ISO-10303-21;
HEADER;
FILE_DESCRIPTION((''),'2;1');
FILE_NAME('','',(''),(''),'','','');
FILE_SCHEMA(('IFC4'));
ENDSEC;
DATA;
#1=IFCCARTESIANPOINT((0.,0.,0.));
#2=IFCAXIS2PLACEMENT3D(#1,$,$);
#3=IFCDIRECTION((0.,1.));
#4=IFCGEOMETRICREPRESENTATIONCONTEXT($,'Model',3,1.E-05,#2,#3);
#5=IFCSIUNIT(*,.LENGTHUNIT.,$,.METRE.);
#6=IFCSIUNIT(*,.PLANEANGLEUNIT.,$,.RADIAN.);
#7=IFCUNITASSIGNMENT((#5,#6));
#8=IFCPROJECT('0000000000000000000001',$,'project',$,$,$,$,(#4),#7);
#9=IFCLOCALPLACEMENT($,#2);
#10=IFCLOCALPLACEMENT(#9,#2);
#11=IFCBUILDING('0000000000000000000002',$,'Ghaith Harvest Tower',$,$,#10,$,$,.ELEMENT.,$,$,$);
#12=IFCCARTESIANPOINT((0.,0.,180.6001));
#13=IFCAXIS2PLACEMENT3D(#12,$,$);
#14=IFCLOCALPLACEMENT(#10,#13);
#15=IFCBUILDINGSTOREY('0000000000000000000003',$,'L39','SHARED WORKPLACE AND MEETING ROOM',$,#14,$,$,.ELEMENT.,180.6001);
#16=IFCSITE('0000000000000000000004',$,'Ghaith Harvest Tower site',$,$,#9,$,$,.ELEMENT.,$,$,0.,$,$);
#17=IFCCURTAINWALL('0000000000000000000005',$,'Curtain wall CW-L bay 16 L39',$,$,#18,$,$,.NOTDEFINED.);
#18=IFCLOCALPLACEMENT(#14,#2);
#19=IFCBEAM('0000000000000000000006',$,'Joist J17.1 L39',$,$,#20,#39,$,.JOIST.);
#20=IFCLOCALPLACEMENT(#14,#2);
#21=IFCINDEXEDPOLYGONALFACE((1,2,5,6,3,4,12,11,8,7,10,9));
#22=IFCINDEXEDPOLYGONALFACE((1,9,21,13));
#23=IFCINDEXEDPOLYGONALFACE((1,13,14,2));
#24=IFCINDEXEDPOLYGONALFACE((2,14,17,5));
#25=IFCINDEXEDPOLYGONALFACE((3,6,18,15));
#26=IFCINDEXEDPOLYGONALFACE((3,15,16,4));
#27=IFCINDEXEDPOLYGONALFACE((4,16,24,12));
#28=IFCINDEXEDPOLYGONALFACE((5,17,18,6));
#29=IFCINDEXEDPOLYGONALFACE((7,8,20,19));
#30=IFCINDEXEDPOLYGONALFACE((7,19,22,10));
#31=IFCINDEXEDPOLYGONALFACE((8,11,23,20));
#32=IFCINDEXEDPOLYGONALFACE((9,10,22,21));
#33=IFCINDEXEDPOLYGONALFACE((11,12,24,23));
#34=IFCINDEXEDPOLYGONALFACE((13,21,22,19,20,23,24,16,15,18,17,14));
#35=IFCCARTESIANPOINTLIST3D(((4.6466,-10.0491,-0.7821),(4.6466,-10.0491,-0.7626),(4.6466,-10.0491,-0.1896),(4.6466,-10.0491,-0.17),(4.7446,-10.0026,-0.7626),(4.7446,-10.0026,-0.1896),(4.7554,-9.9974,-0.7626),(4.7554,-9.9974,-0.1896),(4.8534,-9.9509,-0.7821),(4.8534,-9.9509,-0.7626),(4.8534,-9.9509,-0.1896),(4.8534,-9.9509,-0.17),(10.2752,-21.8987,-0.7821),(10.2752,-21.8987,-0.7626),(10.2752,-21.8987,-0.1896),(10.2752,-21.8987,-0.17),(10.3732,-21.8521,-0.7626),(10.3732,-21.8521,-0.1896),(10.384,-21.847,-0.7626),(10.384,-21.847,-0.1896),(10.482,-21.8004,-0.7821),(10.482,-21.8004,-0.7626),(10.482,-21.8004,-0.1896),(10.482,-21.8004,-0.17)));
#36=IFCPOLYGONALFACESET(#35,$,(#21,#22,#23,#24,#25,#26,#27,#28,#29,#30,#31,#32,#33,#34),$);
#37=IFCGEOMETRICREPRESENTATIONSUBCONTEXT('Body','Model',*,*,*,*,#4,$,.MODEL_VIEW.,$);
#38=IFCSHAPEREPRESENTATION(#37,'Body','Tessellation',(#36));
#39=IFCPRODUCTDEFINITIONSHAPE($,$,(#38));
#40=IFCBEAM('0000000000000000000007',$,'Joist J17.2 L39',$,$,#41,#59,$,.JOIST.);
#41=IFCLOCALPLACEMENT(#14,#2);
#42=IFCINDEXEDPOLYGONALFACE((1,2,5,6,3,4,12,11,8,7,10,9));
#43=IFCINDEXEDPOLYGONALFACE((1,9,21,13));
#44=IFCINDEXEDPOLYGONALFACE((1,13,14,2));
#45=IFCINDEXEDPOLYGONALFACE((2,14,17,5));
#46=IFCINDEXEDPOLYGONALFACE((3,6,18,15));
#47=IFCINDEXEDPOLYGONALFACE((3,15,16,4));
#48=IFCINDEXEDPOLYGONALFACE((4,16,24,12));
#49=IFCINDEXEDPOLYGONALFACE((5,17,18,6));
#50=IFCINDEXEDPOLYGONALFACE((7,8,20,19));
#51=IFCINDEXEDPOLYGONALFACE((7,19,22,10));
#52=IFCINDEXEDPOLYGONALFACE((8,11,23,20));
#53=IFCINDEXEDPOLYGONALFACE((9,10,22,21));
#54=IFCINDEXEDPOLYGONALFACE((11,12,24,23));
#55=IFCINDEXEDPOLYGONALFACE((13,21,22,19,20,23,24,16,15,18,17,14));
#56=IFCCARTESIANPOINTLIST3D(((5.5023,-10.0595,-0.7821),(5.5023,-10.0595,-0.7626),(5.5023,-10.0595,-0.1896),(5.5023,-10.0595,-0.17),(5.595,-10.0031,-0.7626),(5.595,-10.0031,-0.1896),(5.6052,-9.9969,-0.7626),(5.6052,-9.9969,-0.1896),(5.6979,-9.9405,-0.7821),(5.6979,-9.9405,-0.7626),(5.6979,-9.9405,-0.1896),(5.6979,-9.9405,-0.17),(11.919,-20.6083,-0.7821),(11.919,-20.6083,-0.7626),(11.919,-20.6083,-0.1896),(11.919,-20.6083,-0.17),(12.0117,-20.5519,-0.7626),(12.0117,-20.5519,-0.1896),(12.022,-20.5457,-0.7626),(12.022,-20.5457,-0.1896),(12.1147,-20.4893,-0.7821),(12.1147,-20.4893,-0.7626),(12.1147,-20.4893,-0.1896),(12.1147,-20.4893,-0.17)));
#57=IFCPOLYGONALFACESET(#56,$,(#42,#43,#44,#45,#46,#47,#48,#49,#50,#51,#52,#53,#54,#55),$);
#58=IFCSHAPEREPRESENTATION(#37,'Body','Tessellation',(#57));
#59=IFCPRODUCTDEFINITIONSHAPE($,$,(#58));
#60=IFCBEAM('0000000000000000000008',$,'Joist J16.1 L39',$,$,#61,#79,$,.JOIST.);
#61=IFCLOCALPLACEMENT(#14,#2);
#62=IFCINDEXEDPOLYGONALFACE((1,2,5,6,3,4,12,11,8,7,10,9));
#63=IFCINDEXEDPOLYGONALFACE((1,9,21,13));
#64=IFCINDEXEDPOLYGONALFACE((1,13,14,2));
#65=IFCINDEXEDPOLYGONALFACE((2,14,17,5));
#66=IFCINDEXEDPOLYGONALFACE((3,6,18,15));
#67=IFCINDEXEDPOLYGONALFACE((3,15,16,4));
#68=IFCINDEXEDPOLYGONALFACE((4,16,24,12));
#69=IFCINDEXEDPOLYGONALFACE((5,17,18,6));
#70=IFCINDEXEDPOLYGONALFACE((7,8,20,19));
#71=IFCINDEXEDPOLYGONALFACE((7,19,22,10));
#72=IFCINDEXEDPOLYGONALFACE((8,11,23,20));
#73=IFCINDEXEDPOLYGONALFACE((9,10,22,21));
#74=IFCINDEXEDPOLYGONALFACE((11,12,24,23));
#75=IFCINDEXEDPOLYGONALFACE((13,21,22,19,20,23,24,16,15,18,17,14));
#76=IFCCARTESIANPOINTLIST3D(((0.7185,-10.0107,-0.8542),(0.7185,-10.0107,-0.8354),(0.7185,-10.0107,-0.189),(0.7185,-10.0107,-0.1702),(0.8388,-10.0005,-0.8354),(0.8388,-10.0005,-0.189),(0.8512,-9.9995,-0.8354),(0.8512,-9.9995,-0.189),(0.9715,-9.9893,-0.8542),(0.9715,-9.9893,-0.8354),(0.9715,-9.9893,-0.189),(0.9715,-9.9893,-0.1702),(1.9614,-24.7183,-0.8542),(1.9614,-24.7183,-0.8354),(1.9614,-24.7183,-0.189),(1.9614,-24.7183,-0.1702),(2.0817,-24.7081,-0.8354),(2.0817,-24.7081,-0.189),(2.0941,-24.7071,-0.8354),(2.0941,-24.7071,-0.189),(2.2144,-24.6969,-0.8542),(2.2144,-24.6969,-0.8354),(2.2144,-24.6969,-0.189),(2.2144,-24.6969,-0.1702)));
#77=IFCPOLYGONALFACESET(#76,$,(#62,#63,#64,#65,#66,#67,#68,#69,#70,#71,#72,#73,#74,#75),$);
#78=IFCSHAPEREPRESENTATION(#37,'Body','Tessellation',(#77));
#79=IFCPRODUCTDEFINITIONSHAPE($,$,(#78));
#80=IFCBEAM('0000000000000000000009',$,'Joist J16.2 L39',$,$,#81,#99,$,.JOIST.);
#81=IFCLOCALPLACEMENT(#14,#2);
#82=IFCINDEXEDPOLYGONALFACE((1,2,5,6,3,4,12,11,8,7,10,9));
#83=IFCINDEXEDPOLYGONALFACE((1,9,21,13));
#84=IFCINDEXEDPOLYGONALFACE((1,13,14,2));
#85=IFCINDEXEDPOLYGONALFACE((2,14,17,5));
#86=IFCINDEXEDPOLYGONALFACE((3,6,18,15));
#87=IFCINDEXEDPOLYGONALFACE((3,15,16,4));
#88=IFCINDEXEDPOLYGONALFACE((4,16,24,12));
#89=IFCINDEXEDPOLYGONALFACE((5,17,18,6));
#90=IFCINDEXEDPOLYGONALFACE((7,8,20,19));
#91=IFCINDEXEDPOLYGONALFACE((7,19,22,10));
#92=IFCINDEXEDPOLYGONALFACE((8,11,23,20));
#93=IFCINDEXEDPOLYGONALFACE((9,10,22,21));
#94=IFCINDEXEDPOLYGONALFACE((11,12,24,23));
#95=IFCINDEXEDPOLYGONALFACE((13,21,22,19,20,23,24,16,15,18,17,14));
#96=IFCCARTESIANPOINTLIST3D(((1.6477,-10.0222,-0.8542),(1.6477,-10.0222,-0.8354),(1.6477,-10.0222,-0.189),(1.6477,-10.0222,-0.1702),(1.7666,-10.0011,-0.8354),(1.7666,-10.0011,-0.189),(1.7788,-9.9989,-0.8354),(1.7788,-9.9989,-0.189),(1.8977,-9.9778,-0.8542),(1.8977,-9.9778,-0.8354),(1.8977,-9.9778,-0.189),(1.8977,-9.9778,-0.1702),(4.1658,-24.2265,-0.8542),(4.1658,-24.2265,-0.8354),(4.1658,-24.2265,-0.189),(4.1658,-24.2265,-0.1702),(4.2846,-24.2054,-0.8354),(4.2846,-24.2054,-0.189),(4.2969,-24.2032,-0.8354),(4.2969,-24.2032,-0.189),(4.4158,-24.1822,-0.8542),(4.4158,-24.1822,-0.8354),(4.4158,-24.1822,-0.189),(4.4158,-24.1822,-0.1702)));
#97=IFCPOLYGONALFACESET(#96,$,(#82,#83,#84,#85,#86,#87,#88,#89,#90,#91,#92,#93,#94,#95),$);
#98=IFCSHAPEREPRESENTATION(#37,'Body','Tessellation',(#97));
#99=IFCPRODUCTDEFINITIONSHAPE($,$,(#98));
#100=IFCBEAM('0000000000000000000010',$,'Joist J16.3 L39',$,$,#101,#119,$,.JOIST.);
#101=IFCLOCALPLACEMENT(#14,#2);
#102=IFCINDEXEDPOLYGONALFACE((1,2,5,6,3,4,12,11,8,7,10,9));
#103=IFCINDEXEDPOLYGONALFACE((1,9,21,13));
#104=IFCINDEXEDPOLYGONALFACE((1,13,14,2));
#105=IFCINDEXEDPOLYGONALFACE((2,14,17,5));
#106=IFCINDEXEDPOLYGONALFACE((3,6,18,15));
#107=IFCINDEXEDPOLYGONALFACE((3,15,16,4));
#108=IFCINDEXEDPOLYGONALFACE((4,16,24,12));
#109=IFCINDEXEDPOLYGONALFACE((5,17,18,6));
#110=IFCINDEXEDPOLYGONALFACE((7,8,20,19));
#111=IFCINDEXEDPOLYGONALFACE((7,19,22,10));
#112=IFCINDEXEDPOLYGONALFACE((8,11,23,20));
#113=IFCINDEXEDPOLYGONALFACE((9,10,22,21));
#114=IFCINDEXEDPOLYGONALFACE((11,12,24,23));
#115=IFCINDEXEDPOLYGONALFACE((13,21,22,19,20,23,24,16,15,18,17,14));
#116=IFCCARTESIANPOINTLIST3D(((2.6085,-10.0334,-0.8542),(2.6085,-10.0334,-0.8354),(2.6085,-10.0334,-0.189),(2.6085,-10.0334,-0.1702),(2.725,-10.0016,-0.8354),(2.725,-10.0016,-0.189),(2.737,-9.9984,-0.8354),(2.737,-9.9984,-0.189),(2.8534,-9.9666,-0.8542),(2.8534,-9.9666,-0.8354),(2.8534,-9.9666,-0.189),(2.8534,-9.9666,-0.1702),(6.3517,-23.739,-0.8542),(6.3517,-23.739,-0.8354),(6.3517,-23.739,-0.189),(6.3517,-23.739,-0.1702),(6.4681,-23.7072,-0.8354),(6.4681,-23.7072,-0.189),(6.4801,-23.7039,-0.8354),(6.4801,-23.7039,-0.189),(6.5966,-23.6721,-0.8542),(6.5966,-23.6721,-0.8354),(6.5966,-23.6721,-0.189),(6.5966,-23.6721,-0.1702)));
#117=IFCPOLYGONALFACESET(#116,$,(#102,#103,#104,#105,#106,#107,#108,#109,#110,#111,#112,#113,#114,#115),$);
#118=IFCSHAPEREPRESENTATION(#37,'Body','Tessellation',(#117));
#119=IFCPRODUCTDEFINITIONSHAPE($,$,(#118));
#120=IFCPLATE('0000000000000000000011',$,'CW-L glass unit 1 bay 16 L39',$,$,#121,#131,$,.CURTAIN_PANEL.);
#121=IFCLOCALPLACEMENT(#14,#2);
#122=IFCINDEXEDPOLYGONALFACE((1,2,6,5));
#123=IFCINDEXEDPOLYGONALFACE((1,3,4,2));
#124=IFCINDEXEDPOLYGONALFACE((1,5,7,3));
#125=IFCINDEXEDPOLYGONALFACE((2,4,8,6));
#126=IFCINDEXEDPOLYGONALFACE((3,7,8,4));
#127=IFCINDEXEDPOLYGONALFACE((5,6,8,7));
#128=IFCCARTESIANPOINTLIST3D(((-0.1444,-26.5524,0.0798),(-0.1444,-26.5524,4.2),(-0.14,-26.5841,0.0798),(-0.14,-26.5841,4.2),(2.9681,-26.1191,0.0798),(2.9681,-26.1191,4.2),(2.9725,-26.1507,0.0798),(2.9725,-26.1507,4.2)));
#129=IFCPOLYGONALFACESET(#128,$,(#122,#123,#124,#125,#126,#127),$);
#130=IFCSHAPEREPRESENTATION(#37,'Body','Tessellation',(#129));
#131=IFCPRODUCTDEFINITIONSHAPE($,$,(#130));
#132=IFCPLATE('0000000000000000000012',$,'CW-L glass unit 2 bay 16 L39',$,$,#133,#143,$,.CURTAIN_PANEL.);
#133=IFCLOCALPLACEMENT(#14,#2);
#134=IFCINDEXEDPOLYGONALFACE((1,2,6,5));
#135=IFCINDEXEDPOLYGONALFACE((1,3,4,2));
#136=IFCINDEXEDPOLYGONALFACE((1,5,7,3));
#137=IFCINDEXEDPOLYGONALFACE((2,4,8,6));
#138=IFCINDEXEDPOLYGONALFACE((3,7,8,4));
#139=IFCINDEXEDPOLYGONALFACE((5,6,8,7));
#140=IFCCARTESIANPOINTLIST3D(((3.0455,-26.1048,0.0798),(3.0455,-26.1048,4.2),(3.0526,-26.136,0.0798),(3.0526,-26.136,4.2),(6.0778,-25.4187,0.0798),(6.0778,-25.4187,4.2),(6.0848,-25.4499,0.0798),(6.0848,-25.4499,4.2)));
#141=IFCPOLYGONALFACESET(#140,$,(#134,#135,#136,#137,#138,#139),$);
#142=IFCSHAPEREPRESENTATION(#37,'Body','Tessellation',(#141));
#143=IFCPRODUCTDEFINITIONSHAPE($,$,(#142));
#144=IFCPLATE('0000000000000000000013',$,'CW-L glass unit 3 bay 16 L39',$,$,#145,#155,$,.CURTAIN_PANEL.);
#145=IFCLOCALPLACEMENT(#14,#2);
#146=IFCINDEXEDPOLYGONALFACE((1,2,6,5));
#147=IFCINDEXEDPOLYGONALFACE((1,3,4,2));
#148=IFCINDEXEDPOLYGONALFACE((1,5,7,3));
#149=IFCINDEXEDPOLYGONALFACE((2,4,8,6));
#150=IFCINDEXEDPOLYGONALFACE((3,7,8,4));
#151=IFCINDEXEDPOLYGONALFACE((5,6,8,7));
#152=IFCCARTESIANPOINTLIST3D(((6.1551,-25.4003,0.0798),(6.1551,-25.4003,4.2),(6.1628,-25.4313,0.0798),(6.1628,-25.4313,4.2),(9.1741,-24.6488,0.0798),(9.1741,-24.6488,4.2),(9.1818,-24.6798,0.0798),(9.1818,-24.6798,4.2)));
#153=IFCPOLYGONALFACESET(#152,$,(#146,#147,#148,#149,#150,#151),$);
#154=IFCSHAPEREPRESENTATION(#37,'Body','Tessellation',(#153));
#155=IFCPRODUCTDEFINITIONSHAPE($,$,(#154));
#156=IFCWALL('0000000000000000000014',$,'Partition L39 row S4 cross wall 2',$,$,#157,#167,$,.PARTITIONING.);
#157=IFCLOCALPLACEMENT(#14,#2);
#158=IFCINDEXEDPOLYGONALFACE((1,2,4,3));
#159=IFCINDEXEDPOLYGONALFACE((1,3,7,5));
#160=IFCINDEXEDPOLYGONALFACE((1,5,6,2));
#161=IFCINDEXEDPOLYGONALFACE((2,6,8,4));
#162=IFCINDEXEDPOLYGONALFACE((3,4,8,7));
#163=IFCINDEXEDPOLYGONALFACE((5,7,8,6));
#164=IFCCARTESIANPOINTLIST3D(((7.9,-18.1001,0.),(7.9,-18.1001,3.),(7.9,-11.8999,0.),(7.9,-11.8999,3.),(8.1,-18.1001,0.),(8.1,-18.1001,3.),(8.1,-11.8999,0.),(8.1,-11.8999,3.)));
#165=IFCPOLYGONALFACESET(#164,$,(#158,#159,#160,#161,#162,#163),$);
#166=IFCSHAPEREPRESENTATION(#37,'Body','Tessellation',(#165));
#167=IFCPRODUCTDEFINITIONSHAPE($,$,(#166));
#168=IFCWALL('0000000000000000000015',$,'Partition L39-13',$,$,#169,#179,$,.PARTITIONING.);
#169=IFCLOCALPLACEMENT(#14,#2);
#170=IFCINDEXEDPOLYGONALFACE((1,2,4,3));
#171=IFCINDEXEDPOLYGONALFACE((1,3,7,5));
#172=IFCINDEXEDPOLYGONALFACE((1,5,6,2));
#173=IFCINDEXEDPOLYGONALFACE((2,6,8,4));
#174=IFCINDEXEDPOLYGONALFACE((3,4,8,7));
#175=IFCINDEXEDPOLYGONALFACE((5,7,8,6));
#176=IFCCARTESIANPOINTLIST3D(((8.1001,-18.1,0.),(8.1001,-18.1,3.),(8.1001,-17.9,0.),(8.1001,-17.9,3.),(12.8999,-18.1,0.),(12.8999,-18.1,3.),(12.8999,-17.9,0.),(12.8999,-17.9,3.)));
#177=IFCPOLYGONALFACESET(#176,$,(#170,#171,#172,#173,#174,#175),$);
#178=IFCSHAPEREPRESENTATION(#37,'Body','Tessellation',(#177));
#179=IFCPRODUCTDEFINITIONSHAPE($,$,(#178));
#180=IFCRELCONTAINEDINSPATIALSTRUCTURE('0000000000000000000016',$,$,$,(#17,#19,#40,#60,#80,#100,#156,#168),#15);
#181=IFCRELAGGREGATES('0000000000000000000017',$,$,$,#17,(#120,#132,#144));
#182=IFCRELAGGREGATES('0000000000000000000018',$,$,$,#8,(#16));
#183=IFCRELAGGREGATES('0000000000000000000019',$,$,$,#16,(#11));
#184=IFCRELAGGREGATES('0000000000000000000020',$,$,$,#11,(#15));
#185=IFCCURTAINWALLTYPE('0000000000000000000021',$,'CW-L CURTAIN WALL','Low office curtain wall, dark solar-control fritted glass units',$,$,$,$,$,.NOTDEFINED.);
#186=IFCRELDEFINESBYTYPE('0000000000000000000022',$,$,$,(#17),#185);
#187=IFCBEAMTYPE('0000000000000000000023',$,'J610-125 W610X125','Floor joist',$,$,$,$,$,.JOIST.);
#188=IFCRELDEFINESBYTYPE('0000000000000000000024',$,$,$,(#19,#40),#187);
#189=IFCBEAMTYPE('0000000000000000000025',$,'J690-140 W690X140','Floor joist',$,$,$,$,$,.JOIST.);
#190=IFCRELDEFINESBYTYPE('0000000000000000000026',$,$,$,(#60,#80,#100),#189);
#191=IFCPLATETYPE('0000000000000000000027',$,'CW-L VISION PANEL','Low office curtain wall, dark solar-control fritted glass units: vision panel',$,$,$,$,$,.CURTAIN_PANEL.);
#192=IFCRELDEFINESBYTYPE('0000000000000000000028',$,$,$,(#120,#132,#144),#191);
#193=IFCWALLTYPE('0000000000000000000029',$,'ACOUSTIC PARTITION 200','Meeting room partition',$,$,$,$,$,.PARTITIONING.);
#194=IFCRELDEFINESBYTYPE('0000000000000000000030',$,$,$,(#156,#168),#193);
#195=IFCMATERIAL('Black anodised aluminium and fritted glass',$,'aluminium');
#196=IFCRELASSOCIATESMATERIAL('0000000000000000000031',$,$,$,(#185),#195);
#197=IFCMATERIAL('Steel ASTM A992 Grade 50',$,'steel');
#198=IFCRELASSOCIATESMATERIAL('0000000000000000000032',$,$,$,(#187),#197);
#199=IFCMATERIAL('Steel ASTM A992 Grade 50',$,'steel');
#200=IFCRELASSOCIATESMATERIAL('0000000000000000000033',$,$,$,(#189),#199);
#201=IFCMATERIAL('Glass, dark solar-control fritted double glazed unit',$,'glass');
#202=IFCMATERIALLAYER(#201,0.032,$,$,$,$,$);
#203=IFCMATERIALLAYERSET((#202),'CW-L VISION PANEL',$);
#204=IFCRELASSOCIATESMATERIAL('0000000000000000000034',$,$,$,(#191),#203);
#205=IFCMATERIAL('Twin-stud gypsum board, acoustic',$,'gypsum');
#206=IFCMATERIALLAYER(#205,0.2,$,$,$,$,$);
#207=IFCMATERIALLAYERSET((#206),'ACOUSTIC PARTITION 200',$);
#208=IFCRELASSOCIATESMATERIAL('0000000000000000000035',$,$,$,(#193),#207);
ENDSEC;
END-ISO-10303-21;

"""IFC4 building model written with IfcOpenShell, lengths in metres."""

from ifc_helpers import new_model, si_unit, direction, frame, frame_2d, origin, origin_2d, place, context, subcontext, project, spatial, rectangle, i_section, extrude, material, layer, layer_set, material_profile, profile_set, type_object, element, aggregate, save


model = new_model("IFC4")

# Units and contexts
model_context = context("Model", 3, precision=1e-05, world=origin(), true_north=direction((0.0, 1.0)))
body_context = subcontext(model_context, "Body", "Model", "MODEL_VIEW")
ifc_project = project(units=[si_unit("LENGTHUNIT", "METRE"), si_unit("PLANEANGLEUNIT", "RADIAN")], contexts=[model_context])

# Site, building, storey
site_placement = place(None, origin())
site = spatial("IfcSite", under=ifc_project, at=site_placement, Name="Ghaith Harvest Tower site", CompositionType="ELEMENT", RefElevation=0.0)
building_placement = place(site_placement, origin())
building = spatial("IfcBuilding", under=site, at=building_placement, Name="Ghaith Harvest Tower", CompositionType="ELEMENT")
storey_placement = place(building_placement, frame((0.0, 0.0, 180.6001)))
storey = spatial("IfcBuildingStorey", under=building, at=storey_placement, Name="L39", Description="SHARED WORKPLACE AND MEETING ROOM", CompositionType="ELEMENT", Elevation=180.6001)

# Curtain wall
ifc_material_1 = material(Name="Black anodised aluminium and fritted glass", Category="aluminium")
curtain_wall_type = type_object("IfcCurtainWallType", Name="CW-L CURTAIN WALL", Description="Low office curtain wall, dark solar-control fritted glass units", PredefinedType="NOTDEFINED", material=ifc_material_1)
curtain_wall_1_placement = place(storey_placement, origin())
curtain_wall_1 = element("IfcCurtainWall", 1, at=curtain_wall_1_placement, inside=storey, type_object=curtain_wall_type, Name="Curtain wall CW-L bay 16 L39", PredefinedType="NOTDEFINED")

# Beams
ifc_material_2 = material(Name="Steel ASTM A992 Grade 50", Category="steel")
ifc_material_profile_1 = material_profile(ifc_material_2, i_section(OverallWidth=0.229, OverallDepth=0.6121, WebThickness=0.012, FlangeThickness=0.0195, at=origin_2d()), Name="W610X125")
ifc_profile_set_1 = profile_set([ifc_material_profile_1], Name="Steel ASTM A992 Grade 50")
beam_type_1 = type_object("IfcBeamType", Name="J610-125 W610X125", Description="Floor joist", PredefinedType="JOIST", material=ifc_profile_set_1)
beam_1_placement = place(storey_placement, frame((4.75, -10.0, -0.4761), z_axis=(0.429063, -0.903275, 0.0), x_axis=(0.903275, 0.429063, 0.0)))
element("IfcBeam", 2, at=beam_1_placement, inside=storey, type_object=beam_type_1, Name="Joist J17.1 L39", PredefinedType="JOIST", context=body_context, shape_type="SweptSolid", body=[
    extrude(i_section(OverallWidth=0.229, OverallDepth=0.6121, WebThickness=0.012, FlangeThickness=0.0195, at=origin_2d()), origin(), (0.0, 0.0, 1.0), 13.1184),
])
beam_2_placement = place(storey_placement, frame((5.6001, -10.0, -0.4761), z_axis=(0.519694, -0.854352, 0.0), x_axis=(0.854352, 0.519694, 0.0)))
element("IfcBeam", 3, at=beam_2_placement, inside=storey, type_object=beam_type_1, Name="Joist J17.2 L39", PredefinedType="JOIST", context=body_context, shape_type="SweptSolid", body=[
    extrude(i_section(OverallWidth=0.229, OverallDepth=0.6121, WebThickness=0.012, FlangeThickness=0.0195, at=origin_2d()), origin(), (0.0, 0.0, 1.0), 12.3472),
])
ifc_material_3 = material(Name="Steel ASTM A992 Grade 50", Category="steel")
ifc_material_profile_2 = material_profile(ifc_material_3, i_section(OverallWidth=0.2539, OverallDepth=0.6841, WebThickness=0.0125, FlangeThickness=0.0188, at=origin_2d()), Name="W690X140")
ifc_profile_set_2 = profile_set([ifc_material_profile_2], Name="Steel ASTM A992 Grade 50")
beam_type_2 = type_object("IfcBeamType", Name="J690-140 W690X140", Description="Floor joist", PredefinedType="JOIST", material=ifc_profile_set_2)
beam_3_placement = place(storey_placement, frame((0.845, -10.0, -0.5122), z_axis=(0.084209, -0.996448, 0.0), x_axis=(0.996448, 0.084209, 0.0)))
element("IfcBeam", 4, at=beam_3_placement, inside=storey, type_object=beam_type_2, Name="Joist J16.1 L39", PredefinedType="JOIST", context=body_context, shape_type="SweptSolid", body=[
    extrude(i_section(OverallWidth=0.2539, OverallDepth=0.6841, WebThickness=0.0125, FlangeThickness=0.0188, at=origin_2d()), origin(), (0.0, 0.0, 1.0), 14.76),
])
beam_4_placement = place(storey_placement, frame((1.7727, -10.0, -0.5122), z_axis=(0.174553, -0.984648, 0.0), x_axis=(0.984648, 0.174553, 0.0)))
element("IfcBeam", 5, at=beam_4_placement, inside=storey, type_object=beam_type_2, Name="Joist J16.2 L39", PredefinedType="JOIST", context=body_context, shape_type="SweptSolid", body=[
    extrude(i_section(OverallWidth=0.2539, OverallDepth=0.6841, WebThickness=0.0125, FlangeThickness=0.0188, at=origin_2d()), origin(), (0.0, 0.0, 1.0), 14.4258),
])
beam_5_placement = place(storey_placement, frame((2.731, -10.0, -0.5122), z_axis=(0.263463, -0.964669, 0.0), x_axis=(0.964669, 0.263463, 0.0)))
element("IfcBeam", 6, at=beam_5_placement, inside=storey, type_object=beam_type_2, Name="Joist J16.3 L39", PredefinedType="JOIST", context=body_context, shape_type="SweptSolid", body=[
    extrude(i_section(OverallWidth=0.2539, OverallDepth=0.6841, WebThickness=0.0125, FlangeThickness=0.0188, at=origin_2d()), origin(), (0.0, 0.0, 1.0), 14.2075),
])

# Plates
ifc_material_4 = material(Name="Glass, dark solar-control fritted double glazed unit", Category="glass")
ifc_layer_1 = layer(ifc_material_4, 0.032)
ifc_layer_set_1 = layer_set([ifc_layer_1], Name="CW-L VISION PANEL")
plate_type = type_object("IfcPlateType", Name="CW-L VISION PANEL", Description="Low office curtain wall, dark solar-control fritted glass units: vision panel", PredefinedType="CURTAIN_PANEL", material=ifc_layer_set_1)
plate_1_placement = place(storey_placement, frame((1.4141, -26.3516, 0.0798), z_axis=(0.0, 0.0, 1.0), x_axis=(0.990448, 0.137886, 0.0)))
plate_1 = element("IfcPlate", 7, at=plate_1_placement, type_object=plate_type, Name="CW-L glass unit 1 bay 16 L39", PredefinedType="CURTAIN_PANEL", context=body_context, shape_type="SweptSolid", body=[
    extrude(rectangle(XDim=3.1426, YDim=0.032, at=origin_2d()), origin(), (0.0, 0.0, 1.0), 4.1201),
])
plate_2_placement = place(storey_placement, frame((4.5652, -25.7773, 0.0798), z_axis=(0.0, 0.0, 1.0), x_axis=(0.975342, 0.2207, 0.0)))
plate_2 = element("IfcPlate", 8, at=plate_2_placement, type_object=plate_type, Name="CW-L glass unit 2 bay 16 L39", PredefinedType="CURTAIN_PANEL", context=body_context, shape_type="SweptSolid", body=[
    extrude(rectangle(XDim=3.1089, YDim=0.032, at=origin_2d()), origin(), (0.0, 0.0, 1.0), 4.1201),
])
plate_3_placement = place(storey_placement, frame((7.6685, -25.04, 0.0798), z_axis=(0.0, 0.0, 1.0), x_axis=(0.970384, 0.241566, 0.0)))
plate_3 = element("IfcPlate", 9, at=plate_3_placement, type_object=plate_type, Name="CW-L glass unit 3 bay 16 L39", PredefinedType="CURTAIN_PANEL", context=body_context, shape_type="SweptSolid", body=[
    extrude(rectangle(XDim=3.1111, YDim=0.032, at=origin_2d()), origin(), (0.0, 0.0, 1.0), 4.1201),
])
aggregate(curtain_wall_1, [plate_1, plate_2, plate_3])

# Wall
ifc_material_5 = material(Name="Twin-stud gypsum board, acoustic", Category="gypsum")
ifc_layer_2 = layer(ifc_material_5, 0.2)
ifc_layer_set_2 = layer_set([ifc_layer_2], Name="ACOUSTIC PARTITION 200")
wall_type_1 = type_object("IfcWallType", Name="ACOUSTIC PARTITION 200", Description="Meeting room partition", PredefinedType="PARTITIONING", material=ifc_layer_set_2)
wall_1_placement = place(storey_placement, frame((8.0, -11.8999, 0.0), z_axis=(0.0, 0.0, 1.0), x_axis=(0.0, -1.0, 0.0)))
element("IfcWall", 10, at=wall_1_placement, inside=storey, type_object=wall_type_1, Name="Partition L39 row S4 cross wall 2", PredefinedType="PARTITIONING", context=body_context, shape_type="SweptSolid", body=[
    extrude(rectangle(XDim=6.2002, YDim=0.2, at=frame_2d((3.1001, 0.0))), origin(), (0.0, 0.0, 1.0), 3.0),
])

# Wall
wall_2_placement = place(storey_placement, frame((8.1001, -18.0, 0.0), z_axis=(0.0, 0.0, 1.0), x_axis=(1.0, 0.0, 0.0)))
element("IfcWall", 11, at=wall_2_placement, inside=storey, type_object=wall_type_1, Name="Partition L39-13", PredefinedType="PARTITIONING", context=body_context, shape_type="SweptSolid", body=[
    extrude(rectangle(XDim=4.7998, YDim=0.2, at=frame_2d((2.3999, 0.0))), origin(), (0.0, 0.0, 1.0), 3.0),
])

save(model, "model.ifc")
